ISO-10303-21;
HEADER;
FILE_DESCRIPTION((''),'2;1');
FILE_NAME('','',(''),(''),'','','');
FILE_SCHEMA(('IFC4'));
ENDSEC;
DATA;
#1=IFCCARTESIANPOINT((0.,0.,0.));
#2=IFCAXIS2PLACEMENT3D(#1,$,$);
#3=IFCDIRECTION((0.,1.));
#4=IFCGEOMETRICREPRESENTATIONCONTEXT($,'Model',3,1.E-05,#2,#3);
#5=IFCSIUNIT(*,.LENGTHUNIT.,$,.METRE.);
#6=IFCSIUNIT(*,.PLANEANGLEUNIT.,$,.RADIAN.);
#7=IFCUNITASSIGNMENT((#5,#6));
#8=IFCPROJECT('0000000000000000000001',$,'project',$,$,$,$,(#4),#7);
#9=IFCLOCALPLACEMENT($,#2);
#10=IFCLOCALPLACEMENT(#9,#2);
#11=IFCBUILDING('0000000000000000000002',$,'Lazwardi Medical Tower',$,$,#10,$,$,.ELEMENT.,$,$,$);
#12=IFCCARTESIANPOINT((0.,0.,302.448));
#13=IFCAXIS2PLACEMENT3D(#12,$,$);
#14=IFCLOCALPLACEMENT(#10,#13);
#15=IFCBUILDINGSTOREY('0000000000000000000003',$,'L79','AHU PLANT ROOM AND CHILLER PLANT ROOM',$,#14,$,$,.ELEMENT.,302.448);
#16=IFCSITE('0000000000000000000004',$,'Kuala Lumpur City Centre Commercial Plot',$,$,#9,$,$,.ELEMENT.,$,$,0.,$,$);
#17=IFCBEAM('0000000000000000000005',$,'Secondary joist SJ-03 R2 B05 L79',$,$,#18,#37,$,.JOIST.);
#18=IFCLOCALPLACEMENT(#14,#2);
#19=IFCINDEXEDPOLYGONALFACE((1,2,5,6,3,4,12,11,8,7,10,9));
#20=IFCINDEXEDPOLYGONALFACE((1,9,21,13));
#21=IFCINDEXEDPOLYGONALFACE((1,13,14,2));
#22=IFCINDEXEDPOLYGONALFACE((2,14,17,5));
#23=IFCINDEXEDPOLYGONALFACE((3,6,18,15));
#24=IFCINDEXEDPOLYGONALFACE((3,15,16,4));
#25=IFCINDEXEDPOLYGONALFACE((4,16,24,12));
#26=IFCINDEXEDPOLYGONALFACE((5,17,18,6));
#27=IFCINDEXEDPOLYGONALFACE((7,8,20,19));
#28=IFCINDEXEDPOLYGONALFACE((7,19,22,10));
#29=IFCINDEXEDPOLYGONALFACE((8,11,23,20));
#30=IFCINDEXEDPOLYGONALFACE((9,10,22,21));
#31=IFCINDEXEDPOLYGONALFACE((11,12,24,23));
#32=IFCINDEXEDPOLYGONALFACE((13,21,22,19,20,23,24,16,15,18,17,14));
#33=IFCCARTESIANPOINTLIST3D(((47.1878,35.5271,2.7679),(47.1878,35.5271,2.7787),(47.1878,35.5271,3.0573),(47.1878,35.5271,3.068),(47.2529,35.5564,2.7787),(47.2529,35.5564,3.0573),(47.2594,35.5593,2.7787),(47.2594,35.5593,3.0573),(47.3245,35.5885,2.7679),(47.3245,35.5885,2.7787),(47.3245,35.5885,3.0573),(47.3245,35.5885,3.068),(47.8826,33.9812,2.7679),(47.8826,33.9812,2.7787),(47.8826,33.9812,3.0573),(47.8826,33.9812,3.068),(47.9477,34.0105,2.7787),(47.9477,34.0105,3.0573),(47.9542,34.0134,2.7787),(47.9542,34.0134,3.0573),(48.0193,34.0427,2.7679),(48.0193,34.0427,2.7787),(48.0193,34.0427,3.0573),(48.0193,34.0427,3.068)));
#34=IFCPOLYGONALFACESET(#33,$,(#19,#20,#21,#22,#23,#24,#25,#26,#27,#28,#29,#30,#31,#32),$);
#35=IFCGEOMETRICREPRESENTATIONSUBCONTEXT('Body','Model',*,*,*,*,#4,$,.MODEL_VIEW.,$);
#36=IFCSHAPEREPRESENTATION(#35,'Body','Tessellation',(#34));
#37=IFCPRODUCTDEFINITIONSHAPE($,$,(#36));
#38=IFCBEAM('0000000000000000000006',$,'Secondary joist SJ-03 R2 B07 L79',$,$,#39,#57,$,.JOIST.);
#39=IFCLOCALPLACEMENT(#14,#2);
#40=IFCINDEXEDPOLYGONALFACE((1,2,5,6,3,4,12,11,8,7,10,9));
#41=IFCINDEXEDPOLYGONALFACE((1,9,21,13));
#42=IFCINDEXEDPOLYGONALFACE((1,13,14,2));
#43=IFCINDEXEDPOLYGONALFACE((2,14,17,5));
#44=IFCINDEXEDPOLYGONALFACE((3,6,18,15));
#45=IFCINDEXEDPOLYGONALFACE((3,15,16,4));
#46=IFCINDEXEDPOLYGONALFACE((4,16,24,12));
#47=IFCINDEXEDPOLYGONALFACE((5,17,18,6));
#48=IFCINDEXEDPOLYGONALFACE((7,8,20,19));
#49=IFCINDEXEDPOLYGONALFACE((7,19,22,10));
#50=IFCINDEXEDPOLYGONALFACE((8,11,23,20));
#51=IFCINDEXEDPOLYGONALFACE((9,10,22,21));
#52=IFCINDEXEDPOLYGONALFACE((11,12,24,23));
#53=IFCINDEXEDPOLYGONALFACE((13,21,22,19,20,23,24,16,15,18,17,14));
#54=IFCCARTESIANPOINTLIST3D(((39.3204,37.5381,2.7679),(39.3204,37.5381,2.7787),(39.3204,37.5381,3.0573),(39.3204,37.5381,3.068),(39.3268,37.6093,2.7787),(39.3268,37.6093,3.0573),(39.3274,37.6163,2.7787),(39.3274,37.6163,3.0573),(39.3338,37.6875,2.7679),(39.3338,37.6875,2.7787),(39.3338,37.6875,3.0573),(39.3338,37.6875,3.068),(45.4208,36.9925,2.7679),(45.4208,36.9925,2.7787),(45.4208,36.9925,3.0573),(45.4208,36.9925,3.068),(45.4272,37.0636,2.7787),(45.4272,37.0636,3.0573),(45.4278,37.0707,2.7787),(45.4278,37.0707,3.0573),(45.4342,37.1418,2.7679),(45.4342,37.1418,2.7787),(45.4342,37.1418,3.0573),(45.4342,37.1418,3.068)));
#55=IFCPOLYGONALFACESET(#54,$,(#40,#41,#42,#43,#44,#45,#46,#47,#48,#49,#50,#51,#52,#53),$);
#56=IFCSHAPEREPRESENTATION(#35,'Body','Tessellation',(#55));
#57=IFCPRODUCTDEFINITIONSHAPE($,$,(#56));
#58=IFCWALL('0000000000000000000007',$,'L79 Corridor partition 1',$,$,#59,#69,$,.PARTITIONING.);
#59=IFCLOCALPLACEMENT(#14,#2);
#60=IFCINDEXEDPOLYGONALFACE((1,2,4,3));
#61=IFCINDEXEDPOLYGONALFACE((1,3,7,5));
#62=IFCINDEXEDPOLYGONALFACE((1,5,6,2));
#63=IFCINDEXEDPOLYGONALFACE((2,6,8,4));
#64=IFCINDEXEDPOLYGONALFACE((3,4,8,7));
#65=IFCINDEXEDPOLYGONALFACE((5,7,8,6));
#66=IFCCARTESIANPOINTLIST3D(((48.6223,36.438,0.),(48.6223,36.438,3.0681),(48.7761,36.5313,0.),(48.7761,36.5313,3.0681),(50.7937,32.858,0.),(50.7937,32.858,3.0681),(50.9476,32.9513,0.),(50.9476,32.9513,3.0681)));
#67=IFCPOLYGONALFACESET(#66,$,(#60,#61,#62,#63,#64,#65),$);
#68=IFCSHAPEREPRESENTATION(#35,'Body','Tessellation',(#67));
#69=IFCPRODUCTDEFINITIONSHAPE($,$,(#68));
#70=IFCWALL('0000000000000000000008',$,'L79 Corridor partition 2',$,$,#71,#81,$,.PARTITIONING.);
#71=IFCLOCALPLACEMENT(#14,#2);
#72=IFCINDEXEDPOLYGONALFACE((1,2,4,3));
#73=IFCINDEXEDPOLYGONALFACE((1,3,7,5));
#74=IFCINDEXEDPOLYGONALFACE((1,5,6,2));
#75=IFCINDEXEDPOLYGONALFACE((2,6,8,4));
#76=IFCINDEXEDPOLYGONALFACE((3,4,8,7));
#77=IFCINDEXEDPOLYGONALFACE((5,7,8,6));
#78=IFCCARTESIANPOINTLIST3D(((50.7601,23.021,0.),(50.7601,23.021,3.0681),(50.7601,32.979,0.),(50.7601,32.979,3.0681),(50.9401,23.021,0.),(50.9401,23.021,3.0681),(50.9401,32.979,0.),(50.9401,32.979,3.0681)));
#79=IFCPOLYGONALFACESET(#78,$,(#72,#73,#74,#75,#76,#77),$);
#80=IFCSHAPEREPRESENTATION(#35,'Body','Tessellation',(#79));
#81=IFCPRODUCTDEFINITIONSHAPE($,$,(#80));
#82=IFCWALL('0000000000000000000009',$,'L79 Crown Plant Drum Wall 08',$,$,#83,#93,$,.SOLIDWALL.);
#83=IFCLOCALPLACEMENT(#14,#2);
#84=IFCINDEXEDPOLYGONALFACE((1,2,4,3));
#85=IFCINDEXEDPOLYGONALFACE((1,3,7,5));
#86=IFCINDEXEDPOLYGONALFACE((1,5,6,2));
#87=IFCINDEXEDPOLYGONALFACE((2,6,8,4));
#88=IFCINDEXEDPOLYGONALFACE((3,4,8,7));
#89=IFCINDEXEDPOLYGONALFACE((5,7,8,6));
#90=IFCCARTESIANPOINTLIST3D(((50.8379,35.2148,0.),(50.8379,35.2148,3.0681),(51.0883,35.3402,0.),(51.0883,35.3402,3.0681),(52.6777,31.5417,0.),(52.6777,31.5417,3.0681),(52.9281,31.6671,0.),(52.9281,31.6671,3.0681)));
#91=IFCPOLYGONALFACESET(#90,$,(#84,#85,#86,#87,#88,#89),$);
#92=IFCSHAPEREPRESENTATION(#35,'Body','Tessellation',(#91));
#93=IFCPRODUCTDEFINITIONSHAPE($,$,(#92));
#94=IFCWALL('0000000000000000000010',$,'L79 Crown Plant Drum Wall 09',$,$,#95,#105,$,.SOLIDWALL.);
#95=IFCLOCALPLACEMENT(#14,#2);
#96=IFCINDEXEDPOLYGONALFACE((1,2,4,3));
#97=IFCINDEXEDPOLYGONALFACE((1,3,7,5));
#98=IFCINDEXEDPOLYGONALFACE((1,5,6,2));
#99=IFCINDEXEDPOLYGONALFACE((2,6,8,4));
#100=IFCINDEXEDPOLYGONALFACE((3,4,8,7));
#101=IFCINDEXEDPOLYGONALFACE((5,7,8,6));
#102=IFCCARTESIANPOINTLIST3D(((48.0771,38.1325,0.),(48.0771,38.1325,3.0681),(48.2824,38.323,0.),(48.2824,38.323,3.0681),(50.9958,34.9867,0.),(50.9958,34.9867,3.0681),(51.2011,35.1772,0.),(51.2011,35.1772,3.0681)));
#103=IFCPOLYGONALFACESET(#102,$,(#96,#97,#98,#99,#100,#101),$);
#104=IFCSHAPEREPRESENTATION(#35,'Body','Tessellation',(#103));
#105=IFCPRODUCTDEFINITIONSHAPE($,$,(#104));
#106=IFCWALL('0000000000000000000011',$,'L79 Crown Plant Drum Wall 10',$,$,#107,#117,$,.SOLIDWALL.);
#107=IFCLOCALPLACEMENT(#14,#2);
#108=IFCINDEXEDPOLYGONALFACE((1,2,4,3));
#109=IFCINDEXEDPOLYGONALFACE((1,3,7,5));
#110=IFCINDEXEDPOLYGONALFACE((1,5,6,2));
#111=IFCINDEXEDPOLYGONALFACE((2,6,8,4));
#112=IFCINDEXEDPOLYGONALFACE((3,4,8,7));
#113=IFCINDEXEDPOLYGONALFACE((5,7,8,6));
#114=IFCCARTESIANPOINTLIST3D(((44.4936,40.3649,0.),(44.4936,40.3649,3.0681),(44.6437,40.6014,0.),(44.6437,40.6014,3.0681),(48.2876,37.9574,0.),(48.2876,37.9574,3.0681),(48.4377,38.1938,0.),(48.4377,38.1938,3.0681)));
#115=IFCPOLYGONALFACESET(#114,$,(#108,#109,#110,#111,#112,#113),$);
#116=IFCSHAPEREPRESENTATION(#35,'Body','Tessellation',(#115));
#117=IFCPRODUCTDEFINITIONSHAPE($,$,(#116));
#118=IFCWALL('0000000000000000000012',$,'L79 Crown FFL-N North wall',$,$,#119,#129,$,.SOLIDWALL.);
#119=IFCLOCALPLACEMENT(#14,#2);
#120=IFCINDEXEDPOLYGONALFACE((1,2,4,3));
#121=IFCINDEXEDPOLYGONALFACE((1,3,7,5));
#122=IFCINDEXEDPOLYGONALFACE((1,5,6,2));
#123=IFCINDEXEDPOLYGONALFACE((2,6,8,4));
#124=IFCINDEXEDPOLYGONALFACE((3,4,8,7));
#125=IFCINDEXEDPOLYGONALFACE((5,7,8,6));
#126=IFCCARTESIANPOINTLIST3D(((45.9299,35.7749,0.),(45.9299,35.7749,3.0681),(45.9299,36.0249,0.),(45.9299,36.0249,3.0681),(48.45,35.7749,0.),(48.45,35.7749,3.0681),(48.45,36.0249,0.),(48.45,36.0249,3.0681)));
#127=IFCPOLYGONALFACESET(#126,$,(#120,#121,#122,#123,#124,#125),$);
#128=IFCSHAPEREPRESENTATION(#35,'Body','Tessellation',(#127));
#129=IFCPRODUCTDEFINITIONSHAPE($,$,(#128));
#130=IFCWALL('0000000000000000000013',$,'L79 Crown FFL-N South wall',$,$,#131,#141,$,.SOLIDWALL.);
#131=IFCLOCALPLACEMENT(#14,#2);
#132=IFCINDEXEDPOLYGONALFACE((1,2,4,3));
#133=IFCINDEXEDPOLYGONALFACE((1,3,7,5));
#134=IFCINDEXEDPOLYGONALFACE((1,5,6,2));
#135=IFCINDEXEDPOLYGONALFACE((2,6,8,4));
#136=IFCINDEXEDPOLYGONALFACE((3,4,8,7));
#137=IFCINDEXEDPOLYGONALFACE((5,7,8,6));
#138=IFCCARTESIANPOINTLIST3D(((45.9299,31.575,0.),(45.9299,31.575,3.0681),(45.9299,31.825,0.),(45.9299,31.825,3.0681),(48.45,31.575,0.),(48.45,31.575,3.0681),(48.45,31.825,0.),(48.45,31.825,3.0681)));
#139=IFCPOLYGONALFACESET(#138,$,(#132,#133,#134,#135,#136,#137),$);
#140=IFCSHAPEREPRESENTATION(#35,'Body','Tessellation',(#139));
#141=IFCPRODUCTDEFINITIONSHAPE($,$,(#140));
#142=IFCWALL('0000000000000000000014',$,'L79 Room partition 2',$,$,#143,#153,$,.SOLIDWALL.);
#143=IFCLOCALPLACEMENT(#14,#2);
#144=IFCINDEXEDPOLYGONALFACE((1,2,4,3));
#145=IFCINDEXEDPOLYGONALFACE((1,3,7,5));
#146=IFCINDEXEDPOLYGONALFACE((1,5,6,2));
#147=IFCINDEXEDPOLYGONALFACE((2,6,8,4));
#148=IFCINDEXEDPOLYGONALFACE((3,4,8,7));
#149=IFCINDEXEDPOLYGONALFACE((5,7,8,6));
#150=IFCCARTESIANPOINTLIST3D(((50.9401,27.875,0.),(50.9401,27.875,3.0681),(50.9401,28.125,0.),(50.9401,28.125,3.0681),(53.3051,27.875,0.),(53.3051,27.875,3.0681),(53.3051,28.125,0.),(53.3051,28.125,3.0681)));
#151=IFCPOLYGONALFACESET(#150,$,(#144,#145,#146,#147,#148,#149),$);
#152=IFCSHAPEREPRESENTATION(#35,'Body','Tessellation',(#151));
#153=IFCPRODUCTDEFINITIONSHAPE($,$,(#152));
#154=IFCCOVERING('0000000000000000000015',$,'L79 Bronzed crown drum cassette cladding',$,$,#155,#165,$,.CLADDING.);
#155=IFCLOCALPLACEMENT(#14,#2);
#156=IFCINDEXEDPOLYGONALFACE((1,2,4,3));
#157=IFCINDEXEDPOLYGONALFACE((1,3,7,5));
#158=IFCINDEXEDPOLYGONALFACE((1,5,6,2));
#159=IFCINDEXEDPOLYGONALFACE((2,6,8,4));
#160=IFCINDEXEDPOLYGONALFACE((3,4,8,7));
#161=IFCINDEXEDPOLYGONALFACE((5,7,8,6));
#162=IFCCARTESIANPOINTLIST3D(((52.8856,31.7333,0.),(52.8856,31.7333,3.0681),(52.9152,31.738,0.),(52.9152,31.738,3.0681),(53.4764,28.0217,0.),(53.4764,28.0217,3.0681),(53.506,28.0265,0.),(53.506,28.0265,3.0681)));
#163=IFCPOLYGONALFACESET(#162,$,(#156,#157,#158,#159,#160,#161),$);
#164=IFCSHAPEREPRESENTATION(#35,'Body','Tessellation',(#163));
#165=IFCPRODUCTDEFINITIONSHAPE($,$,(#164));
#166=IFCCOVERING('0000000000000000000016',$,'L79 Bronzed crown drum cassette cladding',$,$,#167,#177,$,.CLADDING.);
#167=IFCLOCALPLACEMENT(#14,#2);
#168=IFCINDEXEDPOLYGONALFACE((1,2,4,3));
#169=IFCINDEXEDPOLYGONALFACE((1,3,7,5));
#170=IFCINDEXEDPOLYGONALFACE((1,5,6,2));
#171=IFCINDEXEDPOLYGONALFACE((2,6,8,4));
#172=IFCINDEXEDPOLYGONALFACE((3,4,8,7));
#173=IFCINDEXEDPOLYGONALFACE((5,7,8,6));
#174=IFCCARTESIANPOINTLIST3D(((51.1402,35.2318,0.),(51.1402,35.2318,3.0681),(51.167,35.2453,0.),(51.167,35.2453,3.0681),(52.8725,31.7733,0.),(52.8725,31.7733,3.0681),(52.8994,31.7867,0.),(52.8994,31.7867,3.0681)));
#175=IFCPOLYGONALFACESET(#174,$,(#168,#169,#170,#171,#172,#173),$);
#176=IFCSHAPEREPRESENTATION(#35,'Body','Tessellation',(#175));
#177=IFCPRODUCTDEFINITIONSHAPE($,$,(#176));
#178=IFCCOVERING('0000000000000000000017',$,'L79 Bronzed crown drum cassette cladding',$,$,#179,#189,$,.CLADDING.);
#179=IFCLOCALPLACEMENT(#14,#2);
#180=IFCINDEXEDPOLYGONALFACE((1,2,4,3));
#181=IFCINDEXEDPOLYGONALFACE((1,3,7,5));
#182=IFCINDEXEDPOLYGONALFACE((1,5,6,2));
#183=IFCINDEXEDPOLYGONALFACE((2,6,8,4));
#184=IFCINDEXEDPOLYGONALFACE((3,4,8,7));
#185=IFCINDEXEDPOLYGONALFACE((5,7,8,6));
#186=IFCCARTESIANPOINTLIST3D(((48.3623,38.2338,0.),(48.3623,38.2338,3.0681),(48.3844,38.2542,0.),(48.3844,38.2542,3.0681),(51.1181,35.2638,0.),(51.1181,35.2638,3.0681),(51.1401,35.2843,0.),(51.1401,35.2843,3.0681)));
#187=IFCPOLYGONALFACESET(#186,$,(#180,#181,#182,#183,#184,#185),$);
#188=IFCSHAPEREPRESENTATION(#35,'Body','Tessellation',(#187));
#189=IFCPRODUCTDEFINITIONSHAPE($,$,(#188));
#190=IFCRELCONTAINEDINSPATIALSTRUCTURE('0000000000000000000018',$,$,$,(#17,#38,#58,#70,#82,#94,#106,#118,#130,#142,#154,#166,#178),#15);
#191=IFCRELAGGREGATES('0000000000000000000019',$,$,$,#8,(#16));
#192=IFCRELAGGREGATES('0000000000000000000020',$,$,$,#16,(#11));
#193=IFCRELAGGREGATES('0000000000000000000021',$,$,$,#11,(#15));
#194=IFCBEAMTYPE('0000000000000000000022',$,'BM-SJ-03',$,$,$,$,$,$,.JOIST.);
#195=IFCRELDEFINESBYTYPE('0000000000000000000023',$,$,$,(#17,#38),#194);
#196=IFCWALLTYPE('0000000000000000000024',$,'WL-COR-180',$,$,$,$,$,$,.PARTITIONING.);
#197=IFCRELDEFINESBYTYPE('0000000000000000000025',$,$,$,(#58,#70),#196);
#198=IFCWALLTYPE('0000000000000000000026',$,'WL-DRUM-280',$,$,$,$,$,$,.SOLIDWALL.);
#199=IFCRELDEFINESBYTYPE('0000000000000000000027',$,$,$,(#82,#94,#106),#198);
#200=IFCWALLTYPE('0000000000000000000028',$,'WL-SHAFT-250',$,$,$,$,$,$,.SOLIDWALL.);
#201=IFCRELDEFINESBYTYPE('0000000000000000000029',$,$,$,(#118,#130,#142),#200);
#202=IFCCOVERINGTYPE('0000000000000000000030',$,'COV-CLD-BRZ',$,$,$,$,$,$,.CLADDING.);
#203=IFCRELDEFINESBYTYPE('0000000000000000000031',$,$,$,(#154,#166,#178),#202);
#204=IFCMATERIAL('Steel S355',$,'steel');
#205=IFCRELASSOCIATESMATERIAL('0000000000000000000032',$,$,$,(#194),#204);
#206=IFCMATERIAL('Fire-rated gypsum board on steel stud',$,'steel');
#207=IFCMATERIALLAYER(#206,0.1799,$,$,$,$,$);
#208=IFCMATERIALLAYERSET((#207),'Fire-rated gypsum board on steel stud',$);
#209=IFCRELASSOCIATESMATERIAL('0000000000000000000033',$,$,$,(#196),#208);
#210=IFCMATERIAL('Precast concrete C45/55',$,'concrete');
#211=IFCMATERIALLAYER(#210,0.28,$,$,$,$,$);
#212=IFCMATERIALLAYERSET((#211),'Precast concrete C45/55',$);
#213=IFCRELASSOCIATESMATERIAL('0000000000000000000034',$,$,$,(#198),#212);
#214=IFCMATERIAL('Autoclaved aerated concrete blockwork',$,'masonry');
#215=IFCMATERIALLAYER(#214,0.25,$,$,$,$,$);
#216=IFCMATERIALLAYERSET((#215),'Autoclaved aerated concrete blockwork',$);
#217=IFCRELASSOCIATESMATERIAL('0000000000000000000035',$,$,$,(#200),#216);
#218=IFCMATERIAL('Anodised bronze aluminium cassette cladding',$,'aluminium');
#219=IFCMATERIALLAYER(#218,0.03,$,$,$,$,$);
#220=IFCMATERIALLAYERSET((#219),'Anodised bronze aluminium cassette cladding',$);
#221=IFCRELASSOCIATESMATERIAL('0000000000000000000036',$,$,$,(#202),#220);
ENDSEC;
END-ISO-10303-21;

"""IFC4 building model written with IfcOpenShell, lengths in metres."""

from ifc_helpers import new_model, si_unit, direction, frame, frame_2d, origin, origin_2d, place, context, subcontext, project, spatial, rectangle, i_section, extrude, material, layer, layer_set, material_profile, profile_set, type_object, element, save


model = new_model("IFC4")

# Units and contexts
model_context = context("Model", 3, precision=1e-05, world=origin(), true_north=direction((0.0, 1.0)))
body_context = subcontext(model_context, "Body", "Model", "MODEL_VIEW")
ifc_project = project(units=[si_unit("LENGTHUNIT", "METRE"), si_unit("PLANEANGLEUNIT", "RADIAN")], contexts=[model_context])

# Site, building, storey
site_placement = place(None, origin())
site = spatial("IfcSite", under=ifc_project, at=site_placement, Name="Kuala Lumpur City Centre Commercial Plot", CompositionType="ELEMENT", RefElevation=0.0)
building_placement = place(site_placement, origin())
building = spatial("IfcBuilding", under=site, at=building_placement, Name="Lazwardi Medical Tower", CompositionType="ELEMENT")
storey_placement = place(building_placement, frame((0.0, 0.0, 302.448)))
storey = spatial("IfcBuildingStorey", under=building, at=storey_placement, Name="L79", Description="AHU PLANT ROOM AND CHILLER PLANT ROOM", CompositionType="ELEMENT", Elevation=302.448)

# Beams
ifc_material_1 = material(Name="Steel S355", Category="steel")
ifc_material_profile_1 = material_profile(ifc_material_1, i_section(OverallWidth=0.1499, OverallDepth=0.3, WebThickness=0.0071, FlangeThickness=0.0107, at=origin_2d()), Name="IPE 300")
ifc_profile_set_1 = profile_set([ifc_material_profile_1], Name="Steel S355")
beam_type_1 = type_object("IfcBeamType", Name="BM-SJ-03", PredefinedType="JOIST", material=ifc_profile_set_1)
beam_1_placement = place(storey_placement, frame((47.9509, 34.012, 2.918), z_axis=(-0.409957, 0.912105, 0.0), x_axis=(-0.912105, -0.409957, 0.0)))
element("IfcBeam", 1, at=beam_1_placement, inside=storey, type_object=beam_type_1, Name="Secondary joist SJ-03 R2 B05 L79", PredefinedType="JOIST", context=body_context, shape_type="SweptSolid", body=[
    extrude(i_section(OverallWidth=0.1499, OverallDepth=0.3, WebThickness=0.0071, FlangeThickness=0.0107, at=origin_2d()), origin(), (0.0, 0.0, 1.0), 1.6948),
])
beam_2_placement = place(storey_placement, frame((45.4275, 37.0671, 2.918), z_axis=(-0.996024, 0.089091, 0.0), x_axis=(-0.089091, -0.996024, 0.0)))
element("IfcBeam", 2, at=beam_2_placement, inside=storey, type_object=beam_type_1, Name="Secondary joist SJ-03 R2 B07 L79", PredefinedType="JOIST", context=body_context, shape_type="SweptSolid", body=[
    extrude(i_section(OverallWidth=0.1499, OverallDepth=0.3, WebThickness=0.0071, FlangeThickness=0.0107, at=origin_2d()), origin(), (0.0, 0.0, 1.0), 6.1248),
])

# Walls
ifc_material_2 = material(Name="Fire-rated gypsum board on steel stud", Category="steel")
ifc_layer_1 = layer(ifc_material_2, 0.1799)
ifc_layer_set_1 = layer_set([ifc_layer_1], Name="Fire-rated gypsum board on steel stud")
wall_type_1 = type_object("IfcWallType", Name="WL-COR-180", PredefinedType="PARTITIONING", material=ifc_layer_set_1)
wall_1_placement = place(storey_placement, frame((48.6992, 36.4846, 0.0), z_axis=(0.0, 0.0, 1.0), x_axis=(0.518614, -0.855008, 0.0)))
element("IfcWall", 3, at=wall_1_placement, inside=storey, type_object=wall_type_1, Name="L79 Corridor partition 1", PredefinedType="PARTITIONING", context=body_context, shape_type="SweptSolid", body=[
    extrude(rectangle(XDim=4.187, YDim=0.1799, at=frame_2d((2.0935, 0.0))), origin(), (0.0, 0.0, 1.0), 3.0681),
])
wall_2_placement = place(storey_placement, frame((50.8501, 32.979, 0.0), z_axis=(0.0, 0.0, 1.0), x_axis=(0.0, -1.0, 0.0)))
element("IfcWall", 4, at=wall_2_placement, inside=storey, type_object=wall_type_1, Name="L79 Corridor partition 2", PredefinedType="PARTITIONING", context=body_context, shape_type="SweptSolid", body=[
    extrude(rectangle(XDim=9.958, YDim=0.1799, at=frame_2d((4.979, 0.0))), origin(), (0.0, 0.0, 1.0), 3.0681),
])
ifc_material_3 = material(Name="Precast concrete C45/55", Category="concrete")
ifc_layer_2 = layer(ifc_material_3, 0.28)
ifc_layer_set_2 = layer_set([ifc_layer_2], Name="Precast concrete C45/55")
wall_type_2 = type_object("IfcWallType", Name="WL-DRUM-280", PredefinedType="SOLIDWALL", material=ifc_layer_set_2)
wall_3_placement = place(storey_placement, frame((52.803, 31.6042, 0.0), z_axis=(0.0, 0.0, 1.0), x_axis=(-0.447855, 0.894106, 0.0)))
element("IfcWall", 5, at=wall_3_placement, inside=storey, type_object=wall_type_2, Name="L79 Crown Plant Drum Wall 08", PredefinedType="SOLIDWALL", context=body_context, shape_type="SweptSolid", body=[
    extrude(rectangle(XDim=4.1082, YDim=0.28, at=frame_2d((2.0542, 0.0))), origin(), (0.0, 0.0, 1.0), 3.0681),
])
wall_4_placement = place(storey_placement, frame((51.0984, 35.082, 0.0), z_axis=(0.0, 0.0, 1.0), x_axis=(-0.680156, 0.733067, 0.0)))
element("IfcWall", 6, at=wall_4_placement, inside=storey, type_object=wall_type_2, Name="L79 Crown Plant Drum Wall 09", PredefinedType="SOLIDWALL", context=body_context, shape_type="SweptSolid", body=[
    extrude(rectangle(XDim=4.2913, YDim=0.28, at=frame_2d((2.1455, 0.0))), origin(), (0.0, 0.0, 1.0), 3.0681),
])
wall_5_placement = place(storey_placement, frame((48.3625, 38.0757, 0.0), z_axis=(0.0, 0.0, 1.0), x_axis=(-0.844352, 0.535789, 0.0)))
element("IfcWall", 7, at=wall_5_placement, inside=storey, type_object=wall_type_2, Name="L79 Crown Plant Drum Wall 10", PredefinedType="SOLIDWALL", context=body_context, shape_type="SweptSolid", body=[
    extrude(rectangle(XDim=4.4934, YDim=0.28, at=frame_2d((2.2466, 0.0))), origin(), (0.0, 0.0, 1.0), 3.0681),
])
ifc_material_4 = material(Name="Autoclaved aerated concrete blockwork", Category="masonry")
ifc_layer_3 = layer(ifc_material_4, 0.25)
ifc_layer_set_3 = layer_set([ifc_layer_3], Name="Autoclaved aerated concrete blockwork")
wall_type_3 = type_object("IfcWallType", Name="WL-SHAFT-250", PredefinedType="SOLIDWALL", material=ifc_layer_set_3)
for number, where, z_axis, x_axis, name in (
    (8, (45.9299, 35.8999, 0.0), (0.0, 0.0, 1.0), (1.0, 0.0, 0.0), "L79 Crown FFL-N North wall"),
    (9, (45.9299, 31.7, 0.0), (0.0, 0.0, 1.0), (1.0, 0.0, 0.0), "L79 Crown FFL-N South wall"),
):
    element("IfcWall", number, at=place(storey_placement, frame(where, z_axis=z_axis, x_axis=x_axis)), inside=storey, type_object=wall_type_3, Name=name, PredefinedType="SOLIDWALL", context=body_context, shape_type="SweptSolid", body=[
        extrude(rectangle(XDim=2.52, YDim=0.25, at=frame_2d((1.26, 0.0))), origin(), (0.0, 0.0, 1.0), 3.0681),
    ])
wall_6_placement = place(storey_placement, frame((50.9399, 28.0, 0.0), z_axis=(0.0, 0.0, 1.0), x_axis=(1.0, 0.0, 0.0)))
element("IfcWall", 10, at=wall_6_placement, inside=storey, type_object=wall_type_3, Name="L79 Room partition 2", PredefinedType="SOLIDWALL", context=body_context, shape_type="SweptSolid", body=[
    extrude(rectangle(XDim=2.365, YDim=0.25, at=frame_2d((1.1826, 0.0))), origin(), (0.0, 0.0, 1.0), 3.0681),
])

# Coverings
ifc_material_5 = material(Name="Anodised bronze aluminium cassette cladding", Category="aluminium")
ifc_layer_4 = layer(ifc_material_5, 0.03)
ifc_layer_set_4 = layer_set([ifc_layer_4], Name="Anodised bronze aluminium cassette cladding")
covering_type = type_object("IfcCoveringType", Name="COV-CLD-BRZ", PredefinedType="CLADDING", material=ifc_layer_set_4)
covering_1_placement = place(storey_placement, frame((53.1958, 29.8799, 0.0), z_axis=(0.0, 0.0, 1.0), x_axis=(-0.157202, 0.987567, 0.0)))
element("IfcCovering", 11, at=covering_1_placement, inside=storey, type_object=covering_type, Name="L79 Bronzed crown drum cassette cladding", PredefinedType="CLADDING", context=body_context, shape_type="SweptSolid", body=[
    extrude(rectangle(XDim=3.7583, YDim=0.03, at=origin_2d()), origin(), (0.0, 0.0, 1.0), 3.0681),
])
covering_2_placement = place(storey_placement, frame((52.0198, 33.5093, 0.0), z_axis=(0.0, 0.0, 1.0), x_axis=(-0.447845, 0.894111, 0.0)))
element("IfcCovering", 12, at=covering_2_placement, inside=storey, type_object=covering_type, Name="L79 Bronzed crown drum cassette cladding", PredefinedType="CLADDING", context=body_context, shape_type="SweptSolid", body=[
    extrude(rectangle(XDim=3.8682, YDim=0.03, at=origin_2d()), origin(), (0.0, 0.0, 1.0), 3.0681),
])
covering_3_placement = place(storey_placement, frame((49.7512, 36.759, 0.0), z_axis=(0.0, 0.0, 1.0), x_axis=(-0.680177, 0.733048, 0.0)))
element("IfcCovering", 13, at=covering_3_placement, inside=storey, type_object=covering_type, Name="L79 Bronzed crown drum cassette cladding", PredefinedType="CLADDING", context=body_context, shape_type="SweptSolid", body=[
    extrude(rectangle(XDim=4.0515, YDim=0.03, at=origin_2d()), origin(), (0.0, 0.0, 1.0), 3.0681),
])

save(model, "model.ifc")
